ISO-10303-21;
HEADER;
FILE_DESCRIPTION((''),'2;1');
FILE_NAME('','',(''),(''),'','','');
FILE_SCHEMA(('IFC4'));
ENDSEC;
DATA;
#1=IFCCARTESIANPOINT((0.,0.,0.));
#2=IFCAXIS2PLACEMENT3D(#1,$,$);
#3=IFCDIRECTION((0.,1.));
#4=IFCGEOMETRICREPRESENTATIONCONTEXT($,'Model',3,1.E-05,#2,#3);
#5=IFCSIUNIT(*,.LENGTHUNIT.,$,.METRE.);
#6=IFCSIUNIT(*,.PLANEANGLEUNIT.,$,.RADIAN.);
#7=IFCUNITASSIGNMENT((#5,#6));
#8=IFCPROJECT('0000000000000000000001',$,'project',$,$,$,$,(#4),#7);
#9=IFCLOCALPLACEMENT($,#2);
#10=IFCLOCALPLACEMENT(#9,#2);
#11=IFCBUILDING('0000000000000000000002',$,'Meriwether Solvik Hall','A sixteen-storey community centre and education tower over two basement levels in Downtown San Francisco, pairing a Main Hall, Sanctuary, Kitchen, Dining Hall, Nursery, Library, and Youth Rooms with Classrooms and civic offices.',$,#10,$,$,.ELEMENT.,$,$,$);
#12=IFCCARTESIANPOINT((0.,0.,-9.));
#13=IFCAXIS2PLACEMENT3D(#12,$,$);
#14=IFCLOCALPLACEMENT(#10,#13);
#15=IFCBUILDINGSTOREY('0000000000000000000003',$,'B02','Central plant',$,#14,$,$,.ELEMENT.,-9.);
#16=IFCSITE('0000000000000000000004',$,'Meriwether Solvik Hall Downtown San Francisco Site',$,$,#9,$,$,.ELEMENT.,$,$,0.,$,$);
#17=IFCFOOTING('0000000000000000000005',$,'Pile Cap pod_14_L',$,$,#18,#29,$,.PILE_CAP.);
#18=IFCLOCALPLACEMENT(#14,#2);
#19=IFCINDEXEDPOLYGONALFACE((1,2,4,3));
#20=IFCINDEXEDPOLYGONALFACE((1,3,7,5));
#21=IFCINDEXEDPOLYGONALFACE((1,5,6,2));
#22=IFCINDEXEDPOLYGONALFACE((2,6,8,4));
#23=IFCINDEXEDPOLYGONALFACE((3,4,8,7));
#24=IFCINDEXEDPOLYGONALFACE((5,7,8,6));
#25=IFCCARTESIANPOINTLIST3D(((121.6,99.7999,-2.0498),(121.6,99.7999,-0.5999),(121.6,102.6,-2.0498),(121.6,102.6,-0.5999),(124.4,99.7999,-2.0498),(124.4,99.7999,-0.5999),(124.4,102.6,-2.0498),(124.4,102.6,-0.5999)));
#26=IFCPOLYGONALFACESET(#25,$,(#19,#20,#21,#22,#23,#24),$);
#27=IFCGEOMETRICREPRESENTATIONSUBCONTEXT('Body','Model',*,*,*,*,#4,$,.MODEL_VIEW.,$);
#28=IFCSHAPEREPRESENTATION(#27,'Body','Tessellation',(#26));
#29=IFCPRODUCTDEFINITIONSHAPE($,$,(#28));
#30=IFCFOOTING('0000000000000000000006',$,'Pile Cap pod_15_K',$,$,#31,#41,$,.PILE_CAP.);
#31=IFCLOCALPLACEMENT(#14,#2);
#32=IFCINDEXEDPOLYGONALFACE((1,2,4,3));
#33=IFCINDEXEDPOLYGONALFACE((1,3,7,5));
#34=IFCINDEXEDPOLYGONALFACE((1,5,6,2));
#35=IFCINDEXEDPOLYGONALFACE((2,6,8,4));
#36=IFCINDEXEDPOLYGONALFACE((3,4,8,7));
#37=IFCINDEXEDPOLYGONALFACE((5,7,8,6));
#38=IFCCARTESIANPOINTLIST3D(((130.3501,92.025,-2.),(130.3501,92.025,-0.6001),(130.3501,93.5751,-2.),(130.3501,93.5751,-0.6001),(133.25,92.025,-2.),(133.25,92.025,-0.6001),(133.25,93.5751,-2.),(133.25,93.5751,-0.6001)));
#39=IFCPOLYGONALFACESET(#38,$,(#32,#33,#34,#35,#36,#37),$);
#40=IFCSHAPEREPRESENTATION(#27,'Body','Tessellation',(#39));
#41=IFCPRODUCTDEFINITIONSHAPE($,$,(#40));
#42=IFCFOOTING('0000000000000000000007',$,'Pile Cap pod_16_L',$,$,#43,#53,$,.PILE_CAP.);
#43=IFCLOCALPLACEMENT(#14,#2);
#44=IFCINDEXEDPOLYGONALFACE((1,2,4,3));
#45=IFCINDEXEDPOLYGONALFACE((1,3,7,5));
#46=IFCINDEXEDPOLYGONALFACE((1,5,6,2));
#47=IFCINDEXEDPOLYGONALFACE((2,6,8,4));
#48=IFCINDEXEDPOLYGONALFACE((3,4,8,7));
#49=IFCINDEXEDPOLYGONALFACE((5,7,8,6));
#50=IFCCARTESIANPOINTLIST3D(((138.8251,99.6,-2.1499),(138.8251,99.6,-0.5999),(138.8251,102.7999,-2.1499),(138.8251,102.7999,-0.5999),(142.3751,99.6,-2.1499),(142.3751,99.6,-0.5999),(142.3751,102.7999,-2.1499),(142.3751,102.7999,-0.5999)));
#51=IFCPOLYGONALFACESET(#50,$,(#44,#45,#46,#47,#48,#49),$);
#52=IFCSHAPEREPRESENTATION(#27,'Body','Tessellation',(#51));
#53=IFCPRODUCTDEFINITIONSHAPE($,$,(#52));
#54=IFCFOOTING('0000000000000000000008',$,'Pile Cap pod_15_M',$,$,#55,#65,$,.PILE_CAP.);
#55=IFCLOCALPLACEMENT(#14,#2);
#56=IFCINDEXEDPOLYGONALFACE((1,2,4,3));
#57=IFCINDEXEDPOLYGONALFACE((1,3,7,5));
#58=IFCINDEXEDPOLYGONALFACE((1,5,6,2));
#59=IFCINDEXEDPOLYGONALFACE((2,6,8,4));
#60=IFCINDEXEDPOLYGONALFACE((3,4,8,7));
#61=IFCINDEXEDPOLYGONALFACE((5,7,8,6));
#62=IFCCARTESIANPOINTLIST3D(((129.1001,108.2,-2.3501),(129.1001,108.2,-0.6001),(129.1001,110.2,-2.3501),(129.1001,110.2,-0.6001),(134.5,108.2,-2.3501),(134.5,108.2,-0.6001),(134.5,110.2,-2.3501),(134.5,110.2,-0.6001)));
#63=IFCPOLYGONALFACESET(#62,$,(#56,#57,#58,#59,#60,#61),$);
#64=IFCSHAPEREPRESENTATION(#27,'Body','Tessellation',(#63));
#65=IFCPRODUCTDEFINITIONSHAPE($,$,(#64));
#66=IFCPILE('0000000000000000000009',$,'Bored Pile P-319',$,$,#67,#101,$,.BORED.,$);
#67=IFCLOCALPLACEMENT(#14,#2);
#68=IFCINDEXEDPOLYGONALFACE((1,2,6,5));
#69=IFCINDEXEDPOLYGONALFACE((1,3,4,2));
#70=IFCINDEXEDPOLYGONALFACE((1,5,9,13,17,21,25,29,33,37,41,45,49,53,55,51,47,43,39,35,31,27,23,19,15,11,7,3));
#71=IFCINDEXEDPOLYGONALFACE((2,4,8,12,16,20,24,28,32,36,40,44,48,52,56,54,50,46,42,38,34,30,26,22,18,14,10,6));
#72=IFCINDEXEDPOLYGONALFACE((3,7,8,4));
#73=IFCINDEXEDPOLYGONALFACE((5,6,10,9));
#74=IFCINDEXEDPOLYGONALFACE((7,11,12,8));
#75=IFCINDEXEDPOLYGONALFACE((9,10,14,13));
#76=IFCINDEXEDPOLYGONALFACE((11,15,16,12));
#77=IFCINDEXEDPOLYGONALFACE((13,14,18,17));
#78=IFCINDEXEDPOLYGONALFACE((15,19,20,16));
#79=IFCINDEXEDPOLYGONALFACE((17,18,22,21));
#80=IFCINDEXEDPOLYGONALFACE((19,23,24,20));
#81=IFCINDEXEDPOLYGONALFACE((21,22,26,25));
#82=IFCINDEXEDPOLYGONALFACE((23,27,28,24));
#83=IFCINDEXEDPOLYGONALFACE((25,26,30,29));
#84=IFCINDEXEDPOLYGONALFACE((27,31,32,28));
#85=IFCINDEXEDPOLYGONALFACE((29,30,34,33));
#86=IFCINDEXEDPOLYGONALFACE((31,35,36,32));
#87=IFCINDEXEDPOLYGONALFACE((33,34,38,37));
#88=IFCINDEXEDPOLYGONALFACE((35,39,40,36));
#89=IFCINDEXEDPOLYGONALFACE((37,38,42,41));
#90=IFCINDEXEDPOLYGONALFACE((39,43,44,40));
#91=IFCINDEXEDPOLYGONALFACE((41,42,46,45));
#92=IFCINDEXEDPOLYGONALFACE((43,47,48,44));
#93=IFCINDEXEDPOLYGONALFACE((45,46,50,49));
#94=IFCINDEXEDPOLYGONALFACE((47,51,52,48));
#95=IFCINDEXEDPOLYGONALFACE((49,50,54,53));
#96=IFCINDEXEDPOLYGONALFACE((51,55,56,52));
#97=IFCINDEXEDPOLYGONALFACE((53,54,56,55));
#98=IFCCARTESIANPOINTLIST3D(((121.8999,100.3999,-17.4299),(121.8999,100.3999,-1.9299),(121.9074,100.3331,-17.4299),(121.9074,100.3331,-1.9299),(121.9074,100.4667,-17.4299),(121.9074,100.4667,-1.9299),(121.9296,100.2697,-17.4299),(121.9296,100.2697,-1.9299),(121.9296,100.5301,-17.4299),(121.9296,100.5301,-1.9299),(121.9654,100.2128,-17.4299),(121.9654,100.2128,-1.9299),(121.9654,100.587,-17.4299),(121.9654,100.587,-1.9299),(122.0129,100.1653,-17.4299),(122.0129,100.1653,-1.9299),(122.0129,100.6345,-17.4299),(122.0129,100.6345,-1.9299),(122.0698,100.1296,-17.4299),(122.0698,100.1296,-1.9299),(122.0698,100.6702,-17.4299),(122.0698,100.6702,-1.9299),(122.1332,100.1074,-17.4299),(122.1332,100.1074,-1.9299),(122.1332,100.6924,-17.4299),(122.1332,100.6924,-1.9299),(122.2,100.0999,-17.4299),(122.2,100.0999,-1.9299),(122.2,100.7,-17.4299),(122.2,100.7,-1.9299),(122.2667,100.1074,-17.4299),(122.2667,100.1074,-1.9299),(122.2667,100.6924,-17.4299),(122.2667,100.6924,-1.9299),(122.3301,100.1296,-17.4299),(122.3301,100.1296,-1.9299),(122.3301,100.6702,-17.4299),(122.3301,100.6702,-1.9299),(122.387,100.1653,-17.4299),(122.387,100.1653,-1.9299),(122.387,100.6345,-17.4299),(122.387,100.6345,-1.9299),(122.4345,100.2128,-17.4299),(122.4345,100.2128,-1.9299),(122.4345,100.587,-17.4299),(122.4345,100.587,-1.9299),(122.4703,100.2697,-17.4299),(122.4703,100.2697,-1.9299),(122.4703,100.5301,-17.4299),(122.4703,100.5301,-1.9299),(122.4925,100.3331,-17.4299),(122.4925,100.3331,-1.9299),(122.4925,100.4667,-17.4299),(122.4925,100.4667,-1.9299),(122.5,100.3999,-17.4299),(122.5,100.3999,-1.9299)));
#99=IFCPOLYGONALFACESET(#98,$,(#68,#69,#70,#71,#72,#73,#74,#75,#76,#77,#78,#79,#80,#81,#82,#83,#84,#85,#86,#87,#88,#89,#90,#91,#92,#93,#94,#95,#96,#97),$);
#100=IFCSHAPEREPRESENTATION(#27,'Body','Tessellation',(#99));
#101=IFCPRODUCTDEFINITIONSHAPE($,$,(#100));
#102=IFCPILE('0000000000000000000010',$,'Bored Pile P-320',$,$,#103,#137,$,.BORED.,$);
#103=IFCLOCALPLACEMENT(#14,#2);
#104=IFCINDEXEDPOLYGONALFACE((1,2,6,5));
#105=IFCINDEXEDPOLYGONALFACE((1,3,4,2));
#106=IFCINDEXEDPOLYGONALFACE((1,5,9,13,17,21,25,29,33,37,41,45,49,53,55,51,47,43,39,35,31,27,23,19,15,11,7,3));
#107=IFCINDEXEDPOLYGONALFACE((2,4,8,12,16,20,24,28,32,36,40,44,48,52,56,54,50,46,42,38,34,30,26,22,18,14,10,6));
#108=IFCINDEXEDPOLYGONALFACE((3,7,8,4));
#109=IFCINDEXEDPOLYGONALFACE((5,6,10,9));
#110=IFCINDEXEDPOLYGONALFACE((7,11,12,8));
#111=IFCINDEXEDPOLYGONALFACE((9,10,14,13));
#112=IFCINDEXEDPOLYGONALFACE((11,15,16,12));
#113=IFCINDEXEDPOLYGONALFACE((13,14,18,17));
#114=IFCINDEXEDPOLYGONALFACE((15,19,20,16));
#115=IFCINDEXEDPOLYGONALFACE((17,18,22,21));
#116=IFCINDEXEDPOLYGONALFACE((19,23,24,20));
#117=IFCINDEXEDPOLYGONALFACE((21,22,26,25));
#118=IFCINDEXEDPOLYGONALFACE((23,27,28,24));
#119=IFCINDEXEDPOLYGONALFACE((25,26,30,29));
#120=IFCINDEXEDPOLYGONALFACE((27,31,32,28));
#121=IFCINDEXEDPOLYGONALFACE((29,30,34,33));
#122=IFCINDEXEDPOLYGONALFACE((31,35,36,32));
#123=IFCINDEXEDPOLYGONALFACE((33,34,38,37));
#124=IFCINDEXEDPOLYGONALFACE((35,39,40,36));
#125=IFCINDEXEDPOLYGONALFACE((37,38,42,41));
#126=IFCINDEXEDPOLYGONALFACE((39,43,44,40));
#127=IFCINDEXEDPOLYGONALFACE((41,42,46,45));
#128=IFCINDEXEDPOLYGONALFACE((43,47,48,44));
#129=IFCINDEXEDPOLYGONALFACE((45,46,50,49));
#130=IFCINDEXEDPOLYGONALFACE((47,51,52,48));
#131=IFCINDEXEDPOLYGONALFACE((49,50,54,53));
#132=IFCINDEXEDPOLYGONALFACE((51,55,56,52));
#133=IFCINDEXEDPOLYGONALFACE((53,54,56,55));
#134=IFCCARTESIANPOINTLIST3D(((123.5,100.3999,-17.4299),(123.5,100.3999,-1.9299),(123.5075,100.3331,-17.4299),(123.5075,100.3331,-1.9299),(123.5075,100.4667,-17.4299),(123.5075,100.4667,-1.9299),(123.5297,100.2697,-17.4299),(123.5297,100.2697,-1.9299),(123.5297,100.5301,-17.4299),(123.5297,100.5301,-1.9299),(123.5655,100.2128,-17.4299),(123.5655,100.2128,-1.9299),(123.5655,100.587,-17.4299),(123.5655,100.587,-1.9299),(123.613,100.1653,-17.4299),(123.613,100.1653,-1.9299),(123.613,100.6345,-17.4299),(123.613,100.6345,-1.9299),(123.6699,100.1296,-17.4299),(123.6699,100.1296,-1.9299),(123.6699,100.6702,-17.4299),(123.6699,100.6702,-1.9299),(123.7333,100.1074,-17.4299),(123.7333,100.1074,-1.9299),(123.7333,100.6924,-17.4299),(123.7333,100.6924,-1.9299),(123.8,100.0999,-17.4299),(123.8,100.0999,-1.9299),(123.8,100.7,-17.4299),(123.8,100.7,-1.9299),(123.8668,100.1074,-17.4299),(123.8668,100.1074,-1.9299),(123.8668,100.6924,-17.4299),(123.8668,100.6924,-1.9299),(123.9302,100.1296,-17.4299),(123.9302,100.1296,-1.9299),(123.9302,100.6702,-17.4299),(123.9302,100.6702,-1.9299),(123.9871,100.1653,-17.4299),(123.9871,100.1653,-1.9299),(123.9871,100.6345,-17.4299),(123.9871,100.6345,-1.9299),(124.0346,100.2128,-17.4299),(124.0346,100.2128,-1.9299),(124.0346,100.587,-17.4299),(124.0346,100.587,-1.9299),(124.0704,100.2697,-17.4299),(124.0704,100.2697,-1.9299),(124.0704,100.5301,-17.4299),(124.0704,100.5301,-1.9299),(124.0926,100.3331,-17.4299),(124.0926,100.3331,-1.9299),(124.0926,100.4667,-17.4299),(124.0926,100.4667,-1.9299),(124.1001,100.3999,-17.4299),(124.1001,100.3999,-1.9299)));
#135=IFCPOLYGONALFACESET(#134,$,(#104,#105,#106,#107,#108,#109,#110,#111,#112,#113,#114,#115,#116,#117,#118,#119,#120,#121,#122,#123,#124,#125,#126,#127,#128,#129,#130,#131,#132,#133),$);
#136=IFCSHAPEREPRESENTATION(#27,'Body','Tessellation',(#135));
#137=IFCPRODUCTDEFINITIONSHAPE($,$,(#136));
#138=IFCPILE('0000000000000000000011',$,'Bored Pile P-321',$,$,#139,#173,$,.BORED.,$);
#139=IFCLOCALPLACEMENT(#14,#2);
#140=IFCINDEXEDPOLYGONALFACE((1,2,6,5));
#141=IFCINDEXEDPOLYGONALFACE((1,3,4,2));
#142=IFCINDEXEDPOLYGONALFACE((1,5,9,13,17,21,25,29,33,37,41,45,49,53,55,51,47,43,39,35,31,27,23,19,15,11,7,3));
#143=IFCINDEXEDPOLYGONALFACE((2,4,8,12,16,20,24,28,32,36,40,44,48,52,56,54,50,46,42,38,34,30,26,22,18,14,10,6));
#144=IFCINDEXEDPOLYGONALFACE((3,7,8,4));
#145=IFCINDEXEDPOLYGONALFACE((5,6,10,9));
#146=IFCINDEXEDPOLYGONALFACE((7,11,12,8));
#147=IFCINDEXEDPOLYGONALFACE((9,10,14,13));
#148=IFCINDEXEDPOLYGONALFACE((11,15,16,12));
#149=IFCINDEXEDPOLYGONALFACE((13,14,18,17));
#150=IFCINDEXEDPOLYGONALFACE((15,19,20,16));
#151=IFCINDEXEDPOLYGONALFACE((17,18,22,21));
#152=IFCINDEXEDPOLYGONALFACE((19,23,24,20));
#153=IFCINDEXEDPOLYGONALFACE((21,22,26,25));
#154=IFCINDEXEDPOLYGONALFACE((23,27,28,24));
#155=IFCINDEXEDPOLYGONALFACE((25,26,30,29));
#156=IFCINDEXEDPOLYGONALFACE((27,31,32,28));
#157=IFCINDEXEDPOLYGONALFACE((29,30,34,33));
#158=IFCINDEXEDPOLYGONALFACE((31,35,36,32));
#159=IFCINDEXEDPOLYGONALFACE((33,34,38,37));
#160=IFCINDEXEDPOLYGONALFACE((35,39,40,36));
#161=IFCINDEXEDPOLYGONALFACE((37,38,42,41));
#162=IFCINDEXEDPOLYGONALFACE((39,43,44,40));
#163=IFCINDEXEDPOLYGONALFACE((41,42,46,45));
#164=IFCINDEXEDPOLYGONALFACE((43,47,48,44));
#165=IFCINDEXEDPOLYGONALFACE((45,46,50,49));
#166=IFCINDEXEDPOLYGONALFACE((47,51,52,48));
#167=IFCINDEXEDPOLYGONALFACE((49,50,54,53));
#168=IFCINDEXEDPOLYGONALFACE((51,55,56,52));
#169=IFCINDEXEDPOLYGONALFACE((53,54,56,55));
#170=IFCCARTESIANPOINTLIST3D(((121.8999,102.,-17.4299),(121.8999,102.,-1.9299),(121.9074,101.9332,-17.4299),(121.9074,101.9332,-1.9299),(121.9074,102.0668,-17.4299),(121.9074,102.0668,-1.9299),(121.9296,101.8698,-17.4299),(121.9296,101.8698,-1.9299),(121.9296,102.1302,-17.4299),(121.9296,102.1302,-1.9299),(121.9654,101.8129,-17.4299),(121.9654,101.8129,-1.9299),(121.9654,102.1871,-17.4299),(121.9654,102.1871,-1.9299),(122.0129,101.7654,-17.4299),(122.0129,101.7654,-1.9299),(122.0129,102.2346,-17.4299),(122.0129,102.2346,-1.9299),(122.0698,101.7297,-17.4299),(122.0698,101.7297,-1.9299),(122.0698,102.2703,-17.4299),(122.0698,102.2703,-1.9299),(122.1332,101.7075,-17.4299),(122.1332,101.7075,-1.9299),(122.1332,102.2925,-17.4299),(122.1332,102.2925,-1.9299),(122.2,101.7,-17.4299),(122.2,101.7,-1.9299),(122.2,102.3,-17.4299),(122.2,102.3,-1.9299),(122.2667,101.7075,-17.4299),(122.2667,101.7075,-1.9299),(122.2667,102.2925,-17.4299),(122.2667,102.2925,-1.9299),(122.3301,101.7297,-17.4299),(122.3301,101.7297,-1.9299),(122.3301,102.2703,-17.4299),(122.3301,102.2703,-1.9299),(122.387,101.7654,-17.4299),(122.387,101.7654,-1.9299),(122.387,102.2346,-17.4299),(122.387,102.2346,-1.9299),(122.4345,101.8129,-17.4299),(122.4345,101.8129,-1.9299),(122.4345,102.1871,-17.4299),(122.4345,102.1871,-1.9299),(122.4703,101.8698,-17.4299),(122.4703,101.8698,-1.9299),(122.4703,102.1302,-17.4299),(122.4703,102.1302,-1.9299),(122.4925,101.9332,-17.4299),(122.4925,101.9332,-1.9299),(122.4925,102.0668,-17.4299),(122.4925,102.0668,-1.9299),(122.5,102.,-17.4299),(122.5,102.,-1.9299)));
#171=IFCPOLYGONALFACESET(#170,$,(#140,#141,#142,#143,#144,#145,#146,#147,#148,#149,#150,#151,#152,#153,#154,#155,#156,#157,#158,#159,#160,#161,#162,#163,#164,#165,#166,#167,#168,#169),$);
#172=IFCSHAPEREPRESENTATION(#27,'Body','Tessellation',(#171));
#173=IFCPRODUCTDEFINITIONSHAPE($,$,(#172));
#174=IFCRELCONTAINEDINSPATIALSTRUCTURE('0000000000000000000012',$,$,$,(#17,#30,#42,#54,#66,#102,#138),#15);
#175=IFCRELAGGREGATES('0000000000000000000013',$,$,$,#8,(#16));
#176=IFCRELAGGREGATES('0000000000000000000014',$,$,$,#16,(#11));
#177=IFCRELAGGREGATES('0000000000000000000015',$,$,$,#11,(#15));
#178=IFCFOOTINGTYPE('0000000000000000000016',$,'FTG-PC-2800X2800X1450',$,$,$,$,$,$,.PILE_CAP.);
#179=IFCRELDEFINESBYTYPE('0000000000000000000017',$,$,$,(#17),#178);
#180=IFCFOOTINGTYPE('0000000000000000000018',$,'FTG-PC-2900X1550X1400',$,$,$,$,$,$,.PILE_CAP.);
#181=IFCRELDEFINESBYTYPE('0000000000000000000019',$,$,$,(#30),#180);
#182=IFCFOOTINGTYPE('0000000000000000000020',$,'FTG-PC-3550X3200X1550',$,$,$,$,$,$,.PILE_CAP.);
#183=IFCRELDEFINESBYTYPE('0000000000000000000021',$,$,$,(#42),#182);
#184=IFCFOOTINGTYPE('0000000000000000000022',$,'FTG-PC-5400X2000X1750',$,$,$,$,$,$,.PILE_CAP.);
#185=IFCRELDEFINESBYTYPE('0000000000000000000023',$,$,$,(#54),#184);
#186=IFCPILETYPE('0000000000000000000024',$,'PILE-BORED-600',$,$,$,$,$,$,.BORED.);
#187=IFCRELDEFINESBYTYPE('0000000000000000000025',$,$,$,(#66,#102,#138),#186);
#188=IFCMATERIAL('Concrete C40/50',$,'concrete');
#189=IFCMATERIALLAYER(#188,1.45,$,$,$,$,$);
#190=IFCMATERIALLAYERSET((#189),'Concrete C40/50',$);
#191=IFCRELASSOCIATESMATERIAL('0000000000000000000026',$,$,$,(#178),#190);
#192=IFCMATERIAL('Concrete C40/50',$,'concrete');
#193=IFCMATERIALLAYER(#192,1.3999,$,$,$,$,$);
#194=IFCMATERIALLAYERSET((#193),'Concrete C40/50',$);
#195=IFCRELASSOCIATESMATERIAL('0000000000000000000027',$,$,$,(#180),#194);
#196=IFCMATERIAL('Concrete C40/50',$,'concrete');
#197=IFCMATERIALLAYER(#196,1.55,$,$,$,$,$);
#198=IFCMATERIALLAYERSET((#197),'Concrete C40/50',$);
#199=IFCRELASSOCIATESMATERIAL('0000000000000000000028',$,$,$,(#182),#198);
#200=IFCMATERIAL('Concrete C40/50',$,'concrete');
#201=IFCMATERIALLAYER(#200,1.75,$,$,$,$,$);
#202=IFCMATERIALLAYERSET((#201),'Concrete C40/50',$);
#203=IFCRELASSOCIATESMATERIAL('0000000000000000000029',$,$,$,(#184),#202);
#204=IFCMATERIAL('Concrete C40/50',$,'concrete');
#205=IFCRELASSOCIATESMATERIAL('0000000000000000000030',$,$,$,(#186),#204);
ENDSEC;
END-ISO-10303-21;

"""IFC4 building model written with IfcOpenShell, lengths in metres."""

from ifc_helpers import new_model, si_unit, direction, frame, origin, origin_2d, place, context, subcontext, project, spatial, rectangle, circle, extrude, material, layer, layer_set, material_profile, profile_set, type_object, element, save


model = new_model("IFC4")

# Units and contexts
model_context = context("Model", 3, precision=1e-05, world=origin(), true_north=direction((0.0, 1.0)))
body_context = subcontext(model_context, "Body", "Model", "MODEL_VIEW")
ifc_project = project(units=[si_unit("LENGTHUNIT", "METRE"), si_unit("PLANEANGLEUNIT", "RADIAN")], contexts=[model_context])

# Site, building, storey
site_placement = place(None, origin())
site = spatial("IfcSite", under=ifc_project, at=site_placement, Name="Meriwether Solvik Hall Downtown San Francisco Site", CompositionType="ELEMENT", RefElevation=0.0)
building_placement = place(site_placement, origin())
building = spatial("IfcBuilding", under=site, at=building_placement, Name="Meriwether Solvik Hall", Description="A sixteen-storey community centre and education tower over two basement levels in Downtown San Francisco, pairing a Main Hall, Sanctuary, Kitchen, Dining Hall, Nursery, Library, and Youth Rooms with Classrooms and civic offices.", CompositionType="ELEMENT")
storey_placement = place(building_placement, frame((0.0, 0.0, -9.0)))
storey = spatial("IfcBuildingStorey", under=building, at=storey_placement, Name="B02", Description="Central plant", CompositionType="ELEMENT", Elevation=-9.0)

# Footings
ifc_material_1 = material(Name="Concrete C40/50", Category="concrete")
ifc_layer_1 = layer(ifc_material_1, 1.45)
ifc_layer_set_1 = layer_set([ifc_layer_1], Name="Concrete C40/50")
footing_type_1 = type_object("IfcFootingType", Name="FTG-PC-2800X2800X1450", PredefinedType="PILE_CAP", material=ifc_layer_set_1)
footing_1_placement = place(storey_placement, frame((123.0, 101.2, -2.0498), z_axis=(0.0, 0.0, 1.0), x_axis=(1.0, 0.0, 0.0)))
element("IfcFooting", 1, at=footing_1_placement, inside=storey, type_object=footing_type_1, Name="Pile Cap pod_14_L", PredefinedType="PILE_CAP", context=body_context, shape_type="SweptSolid", body=[
    extrude(rectangle(XDim=2.8, YDim=2.8, at=origin_2d()), origin(), (0.0, 0.0, 1.0), 1.45),
])
ifc_material_2 = material(Name="Concrete C40/50", Category="concrete")
ifc_layer_2 = layer(ifc_material_2, 1.3999)
ifc_layer_set_2 = layer_set([ifc_layer_2], Name="Concrete C40/50")
footing_type_2 = type_object("IfcFootingType", Name="FTG-PC-2900X1550X1400", PredefinedType="PILE_CAP", material=ifc_layer_set_2)
footing_2_placement = place(storey_placement, frame((131.8, 92.8, -2.0), z_axis=(0.0, 0.0, 1.0), x_axis=(1.0, 0.0, 0.0)))
element("IfcFooting", 2, at=footing_2_placement, inside=storey, type_object=footing_type_2, Name="Pile Cap pod_15_K", PredefinedType="PILE_CAP", context=body_context, shape_type="SweptSolid", body=[
    extrude(rectangle(XDim=2.8999, YDim=1.55, at=origin_2d()), origin(), (0.0, 0.0, 1.0), 1.3999),
])
ifc_material_3 = material(Name="Concrete C40/50", Category="concrete")
ifc_layer_3 = layer(ifc_material_3, 1.55)
ifc_layer_set_3 = layer_set([ifc_layer_3], Name="Concrete C40/50")
footing_type_3 = type_object("IfcFootingType", Name="FTG-PC-3550X3200X1550", PredefinedType="PILE_CAP", material=ifc_layer_set_3)
footing_3_placement = place(storey_placement, frame((140.6001, 101.2, -2.1499), z_axis=(0.0, 0.0, 1.0), x_axis=(1.0, 0.0, 0.0)))
element("IfcFooting", 3, at=footing_3_placement, inside=storey, type_object=footing_type_3, Name="Pile Cap pod_16_L", PredefinedType="PILE_CAP", context=body_context, shape_type="SweptSolid", body=[
    extrude(rectangle(XDim=3.55, YDim=3.2, at=origin_2d()), origin(), (0.0, 0.0, 1.0), 1.55),
])
ifc_material_4 = material(Name="Concrete C40/50", Category="concrete")
ifc_layer_4 = layer(ifc_material_4, 1.75)
ifc_layer_set_4 = layer_set([ifc_layer_4], Name="Concrete C40/50")
footing_type_4 = type_object("IfcFootingType", Name="FTG-PC-5400X2000X1750", PredefinedType="PILE_CAP", material=ifc_layer_set_4)
footing_4_placement = place(storey_placement, frame((131.8, 109.2, -2.3501), z_axis=(0.0, 0.0, 1.0), x_axis=(1.0, 0.0, 0.0)))
element("IfcFooting", 4, at=footing_4_placement, inside=storey, type_object=footing_type_4, Name="Pile Cap pod_15_M", PredefinedType="PILE_CAP", context=body_context, shape_type="SweptSolid", body=[
    extrude(rectangle(XDim=5.3999, YDim=2.0, at=origin_2d()), origin(), (0.0, 0.0, 1.0), 1.75),
])

# Piles
ifc_material_5 = material(Name="Concrete C40/50", Category="concrete")
ifc_material_profile_1 = material_profile(ifc_material_5, circle(Radius=0.3, at=origin_2d()), Name="PILE-D600")
ifc_profile_set_1 = profile_set([ifc_material_profile_1], Name="Concrete C40/50")
pile_type_1 = type_object("IfcPileType", Name="PILE-BORED-600", PredefinedType="BORED", material=ifc_profile_set_1)
for number, where, z_axis, x_axis, name in (
    (5, (122.2, 100.3999, -1.9299), (0.0, 0.0, -1.0), (1.0, 0.0, 0.0), "Bored Pile P-319"),
    (6, (123.8, 100.3999, -1.9299), (0.0, 0.0, -1.0), (1.0, 0.0, 0.0), "Bored Pile P-320"),
    (7, (122.2, 102.0, -1.9299), (0.0, 0.0, -1.0), (1.0, 0.0, 0.0), "Bored Pile P-321"),
):
    element("IfcPile", number, at=place(storey_placement, frame(where, z_axis=z_axis, x_axis=x_axis)), inside=storey, type_object=pile_type_1, Name=name, PredefinedType="BORED", context=body_context, shape_type="SweptSolid", body=[
        extrude(circle(Radius=0.3, at=origin_2d()), origin(), (0.0, 0.0, 1.0), 15.5),
    ])

save(model, "model.ifc")
